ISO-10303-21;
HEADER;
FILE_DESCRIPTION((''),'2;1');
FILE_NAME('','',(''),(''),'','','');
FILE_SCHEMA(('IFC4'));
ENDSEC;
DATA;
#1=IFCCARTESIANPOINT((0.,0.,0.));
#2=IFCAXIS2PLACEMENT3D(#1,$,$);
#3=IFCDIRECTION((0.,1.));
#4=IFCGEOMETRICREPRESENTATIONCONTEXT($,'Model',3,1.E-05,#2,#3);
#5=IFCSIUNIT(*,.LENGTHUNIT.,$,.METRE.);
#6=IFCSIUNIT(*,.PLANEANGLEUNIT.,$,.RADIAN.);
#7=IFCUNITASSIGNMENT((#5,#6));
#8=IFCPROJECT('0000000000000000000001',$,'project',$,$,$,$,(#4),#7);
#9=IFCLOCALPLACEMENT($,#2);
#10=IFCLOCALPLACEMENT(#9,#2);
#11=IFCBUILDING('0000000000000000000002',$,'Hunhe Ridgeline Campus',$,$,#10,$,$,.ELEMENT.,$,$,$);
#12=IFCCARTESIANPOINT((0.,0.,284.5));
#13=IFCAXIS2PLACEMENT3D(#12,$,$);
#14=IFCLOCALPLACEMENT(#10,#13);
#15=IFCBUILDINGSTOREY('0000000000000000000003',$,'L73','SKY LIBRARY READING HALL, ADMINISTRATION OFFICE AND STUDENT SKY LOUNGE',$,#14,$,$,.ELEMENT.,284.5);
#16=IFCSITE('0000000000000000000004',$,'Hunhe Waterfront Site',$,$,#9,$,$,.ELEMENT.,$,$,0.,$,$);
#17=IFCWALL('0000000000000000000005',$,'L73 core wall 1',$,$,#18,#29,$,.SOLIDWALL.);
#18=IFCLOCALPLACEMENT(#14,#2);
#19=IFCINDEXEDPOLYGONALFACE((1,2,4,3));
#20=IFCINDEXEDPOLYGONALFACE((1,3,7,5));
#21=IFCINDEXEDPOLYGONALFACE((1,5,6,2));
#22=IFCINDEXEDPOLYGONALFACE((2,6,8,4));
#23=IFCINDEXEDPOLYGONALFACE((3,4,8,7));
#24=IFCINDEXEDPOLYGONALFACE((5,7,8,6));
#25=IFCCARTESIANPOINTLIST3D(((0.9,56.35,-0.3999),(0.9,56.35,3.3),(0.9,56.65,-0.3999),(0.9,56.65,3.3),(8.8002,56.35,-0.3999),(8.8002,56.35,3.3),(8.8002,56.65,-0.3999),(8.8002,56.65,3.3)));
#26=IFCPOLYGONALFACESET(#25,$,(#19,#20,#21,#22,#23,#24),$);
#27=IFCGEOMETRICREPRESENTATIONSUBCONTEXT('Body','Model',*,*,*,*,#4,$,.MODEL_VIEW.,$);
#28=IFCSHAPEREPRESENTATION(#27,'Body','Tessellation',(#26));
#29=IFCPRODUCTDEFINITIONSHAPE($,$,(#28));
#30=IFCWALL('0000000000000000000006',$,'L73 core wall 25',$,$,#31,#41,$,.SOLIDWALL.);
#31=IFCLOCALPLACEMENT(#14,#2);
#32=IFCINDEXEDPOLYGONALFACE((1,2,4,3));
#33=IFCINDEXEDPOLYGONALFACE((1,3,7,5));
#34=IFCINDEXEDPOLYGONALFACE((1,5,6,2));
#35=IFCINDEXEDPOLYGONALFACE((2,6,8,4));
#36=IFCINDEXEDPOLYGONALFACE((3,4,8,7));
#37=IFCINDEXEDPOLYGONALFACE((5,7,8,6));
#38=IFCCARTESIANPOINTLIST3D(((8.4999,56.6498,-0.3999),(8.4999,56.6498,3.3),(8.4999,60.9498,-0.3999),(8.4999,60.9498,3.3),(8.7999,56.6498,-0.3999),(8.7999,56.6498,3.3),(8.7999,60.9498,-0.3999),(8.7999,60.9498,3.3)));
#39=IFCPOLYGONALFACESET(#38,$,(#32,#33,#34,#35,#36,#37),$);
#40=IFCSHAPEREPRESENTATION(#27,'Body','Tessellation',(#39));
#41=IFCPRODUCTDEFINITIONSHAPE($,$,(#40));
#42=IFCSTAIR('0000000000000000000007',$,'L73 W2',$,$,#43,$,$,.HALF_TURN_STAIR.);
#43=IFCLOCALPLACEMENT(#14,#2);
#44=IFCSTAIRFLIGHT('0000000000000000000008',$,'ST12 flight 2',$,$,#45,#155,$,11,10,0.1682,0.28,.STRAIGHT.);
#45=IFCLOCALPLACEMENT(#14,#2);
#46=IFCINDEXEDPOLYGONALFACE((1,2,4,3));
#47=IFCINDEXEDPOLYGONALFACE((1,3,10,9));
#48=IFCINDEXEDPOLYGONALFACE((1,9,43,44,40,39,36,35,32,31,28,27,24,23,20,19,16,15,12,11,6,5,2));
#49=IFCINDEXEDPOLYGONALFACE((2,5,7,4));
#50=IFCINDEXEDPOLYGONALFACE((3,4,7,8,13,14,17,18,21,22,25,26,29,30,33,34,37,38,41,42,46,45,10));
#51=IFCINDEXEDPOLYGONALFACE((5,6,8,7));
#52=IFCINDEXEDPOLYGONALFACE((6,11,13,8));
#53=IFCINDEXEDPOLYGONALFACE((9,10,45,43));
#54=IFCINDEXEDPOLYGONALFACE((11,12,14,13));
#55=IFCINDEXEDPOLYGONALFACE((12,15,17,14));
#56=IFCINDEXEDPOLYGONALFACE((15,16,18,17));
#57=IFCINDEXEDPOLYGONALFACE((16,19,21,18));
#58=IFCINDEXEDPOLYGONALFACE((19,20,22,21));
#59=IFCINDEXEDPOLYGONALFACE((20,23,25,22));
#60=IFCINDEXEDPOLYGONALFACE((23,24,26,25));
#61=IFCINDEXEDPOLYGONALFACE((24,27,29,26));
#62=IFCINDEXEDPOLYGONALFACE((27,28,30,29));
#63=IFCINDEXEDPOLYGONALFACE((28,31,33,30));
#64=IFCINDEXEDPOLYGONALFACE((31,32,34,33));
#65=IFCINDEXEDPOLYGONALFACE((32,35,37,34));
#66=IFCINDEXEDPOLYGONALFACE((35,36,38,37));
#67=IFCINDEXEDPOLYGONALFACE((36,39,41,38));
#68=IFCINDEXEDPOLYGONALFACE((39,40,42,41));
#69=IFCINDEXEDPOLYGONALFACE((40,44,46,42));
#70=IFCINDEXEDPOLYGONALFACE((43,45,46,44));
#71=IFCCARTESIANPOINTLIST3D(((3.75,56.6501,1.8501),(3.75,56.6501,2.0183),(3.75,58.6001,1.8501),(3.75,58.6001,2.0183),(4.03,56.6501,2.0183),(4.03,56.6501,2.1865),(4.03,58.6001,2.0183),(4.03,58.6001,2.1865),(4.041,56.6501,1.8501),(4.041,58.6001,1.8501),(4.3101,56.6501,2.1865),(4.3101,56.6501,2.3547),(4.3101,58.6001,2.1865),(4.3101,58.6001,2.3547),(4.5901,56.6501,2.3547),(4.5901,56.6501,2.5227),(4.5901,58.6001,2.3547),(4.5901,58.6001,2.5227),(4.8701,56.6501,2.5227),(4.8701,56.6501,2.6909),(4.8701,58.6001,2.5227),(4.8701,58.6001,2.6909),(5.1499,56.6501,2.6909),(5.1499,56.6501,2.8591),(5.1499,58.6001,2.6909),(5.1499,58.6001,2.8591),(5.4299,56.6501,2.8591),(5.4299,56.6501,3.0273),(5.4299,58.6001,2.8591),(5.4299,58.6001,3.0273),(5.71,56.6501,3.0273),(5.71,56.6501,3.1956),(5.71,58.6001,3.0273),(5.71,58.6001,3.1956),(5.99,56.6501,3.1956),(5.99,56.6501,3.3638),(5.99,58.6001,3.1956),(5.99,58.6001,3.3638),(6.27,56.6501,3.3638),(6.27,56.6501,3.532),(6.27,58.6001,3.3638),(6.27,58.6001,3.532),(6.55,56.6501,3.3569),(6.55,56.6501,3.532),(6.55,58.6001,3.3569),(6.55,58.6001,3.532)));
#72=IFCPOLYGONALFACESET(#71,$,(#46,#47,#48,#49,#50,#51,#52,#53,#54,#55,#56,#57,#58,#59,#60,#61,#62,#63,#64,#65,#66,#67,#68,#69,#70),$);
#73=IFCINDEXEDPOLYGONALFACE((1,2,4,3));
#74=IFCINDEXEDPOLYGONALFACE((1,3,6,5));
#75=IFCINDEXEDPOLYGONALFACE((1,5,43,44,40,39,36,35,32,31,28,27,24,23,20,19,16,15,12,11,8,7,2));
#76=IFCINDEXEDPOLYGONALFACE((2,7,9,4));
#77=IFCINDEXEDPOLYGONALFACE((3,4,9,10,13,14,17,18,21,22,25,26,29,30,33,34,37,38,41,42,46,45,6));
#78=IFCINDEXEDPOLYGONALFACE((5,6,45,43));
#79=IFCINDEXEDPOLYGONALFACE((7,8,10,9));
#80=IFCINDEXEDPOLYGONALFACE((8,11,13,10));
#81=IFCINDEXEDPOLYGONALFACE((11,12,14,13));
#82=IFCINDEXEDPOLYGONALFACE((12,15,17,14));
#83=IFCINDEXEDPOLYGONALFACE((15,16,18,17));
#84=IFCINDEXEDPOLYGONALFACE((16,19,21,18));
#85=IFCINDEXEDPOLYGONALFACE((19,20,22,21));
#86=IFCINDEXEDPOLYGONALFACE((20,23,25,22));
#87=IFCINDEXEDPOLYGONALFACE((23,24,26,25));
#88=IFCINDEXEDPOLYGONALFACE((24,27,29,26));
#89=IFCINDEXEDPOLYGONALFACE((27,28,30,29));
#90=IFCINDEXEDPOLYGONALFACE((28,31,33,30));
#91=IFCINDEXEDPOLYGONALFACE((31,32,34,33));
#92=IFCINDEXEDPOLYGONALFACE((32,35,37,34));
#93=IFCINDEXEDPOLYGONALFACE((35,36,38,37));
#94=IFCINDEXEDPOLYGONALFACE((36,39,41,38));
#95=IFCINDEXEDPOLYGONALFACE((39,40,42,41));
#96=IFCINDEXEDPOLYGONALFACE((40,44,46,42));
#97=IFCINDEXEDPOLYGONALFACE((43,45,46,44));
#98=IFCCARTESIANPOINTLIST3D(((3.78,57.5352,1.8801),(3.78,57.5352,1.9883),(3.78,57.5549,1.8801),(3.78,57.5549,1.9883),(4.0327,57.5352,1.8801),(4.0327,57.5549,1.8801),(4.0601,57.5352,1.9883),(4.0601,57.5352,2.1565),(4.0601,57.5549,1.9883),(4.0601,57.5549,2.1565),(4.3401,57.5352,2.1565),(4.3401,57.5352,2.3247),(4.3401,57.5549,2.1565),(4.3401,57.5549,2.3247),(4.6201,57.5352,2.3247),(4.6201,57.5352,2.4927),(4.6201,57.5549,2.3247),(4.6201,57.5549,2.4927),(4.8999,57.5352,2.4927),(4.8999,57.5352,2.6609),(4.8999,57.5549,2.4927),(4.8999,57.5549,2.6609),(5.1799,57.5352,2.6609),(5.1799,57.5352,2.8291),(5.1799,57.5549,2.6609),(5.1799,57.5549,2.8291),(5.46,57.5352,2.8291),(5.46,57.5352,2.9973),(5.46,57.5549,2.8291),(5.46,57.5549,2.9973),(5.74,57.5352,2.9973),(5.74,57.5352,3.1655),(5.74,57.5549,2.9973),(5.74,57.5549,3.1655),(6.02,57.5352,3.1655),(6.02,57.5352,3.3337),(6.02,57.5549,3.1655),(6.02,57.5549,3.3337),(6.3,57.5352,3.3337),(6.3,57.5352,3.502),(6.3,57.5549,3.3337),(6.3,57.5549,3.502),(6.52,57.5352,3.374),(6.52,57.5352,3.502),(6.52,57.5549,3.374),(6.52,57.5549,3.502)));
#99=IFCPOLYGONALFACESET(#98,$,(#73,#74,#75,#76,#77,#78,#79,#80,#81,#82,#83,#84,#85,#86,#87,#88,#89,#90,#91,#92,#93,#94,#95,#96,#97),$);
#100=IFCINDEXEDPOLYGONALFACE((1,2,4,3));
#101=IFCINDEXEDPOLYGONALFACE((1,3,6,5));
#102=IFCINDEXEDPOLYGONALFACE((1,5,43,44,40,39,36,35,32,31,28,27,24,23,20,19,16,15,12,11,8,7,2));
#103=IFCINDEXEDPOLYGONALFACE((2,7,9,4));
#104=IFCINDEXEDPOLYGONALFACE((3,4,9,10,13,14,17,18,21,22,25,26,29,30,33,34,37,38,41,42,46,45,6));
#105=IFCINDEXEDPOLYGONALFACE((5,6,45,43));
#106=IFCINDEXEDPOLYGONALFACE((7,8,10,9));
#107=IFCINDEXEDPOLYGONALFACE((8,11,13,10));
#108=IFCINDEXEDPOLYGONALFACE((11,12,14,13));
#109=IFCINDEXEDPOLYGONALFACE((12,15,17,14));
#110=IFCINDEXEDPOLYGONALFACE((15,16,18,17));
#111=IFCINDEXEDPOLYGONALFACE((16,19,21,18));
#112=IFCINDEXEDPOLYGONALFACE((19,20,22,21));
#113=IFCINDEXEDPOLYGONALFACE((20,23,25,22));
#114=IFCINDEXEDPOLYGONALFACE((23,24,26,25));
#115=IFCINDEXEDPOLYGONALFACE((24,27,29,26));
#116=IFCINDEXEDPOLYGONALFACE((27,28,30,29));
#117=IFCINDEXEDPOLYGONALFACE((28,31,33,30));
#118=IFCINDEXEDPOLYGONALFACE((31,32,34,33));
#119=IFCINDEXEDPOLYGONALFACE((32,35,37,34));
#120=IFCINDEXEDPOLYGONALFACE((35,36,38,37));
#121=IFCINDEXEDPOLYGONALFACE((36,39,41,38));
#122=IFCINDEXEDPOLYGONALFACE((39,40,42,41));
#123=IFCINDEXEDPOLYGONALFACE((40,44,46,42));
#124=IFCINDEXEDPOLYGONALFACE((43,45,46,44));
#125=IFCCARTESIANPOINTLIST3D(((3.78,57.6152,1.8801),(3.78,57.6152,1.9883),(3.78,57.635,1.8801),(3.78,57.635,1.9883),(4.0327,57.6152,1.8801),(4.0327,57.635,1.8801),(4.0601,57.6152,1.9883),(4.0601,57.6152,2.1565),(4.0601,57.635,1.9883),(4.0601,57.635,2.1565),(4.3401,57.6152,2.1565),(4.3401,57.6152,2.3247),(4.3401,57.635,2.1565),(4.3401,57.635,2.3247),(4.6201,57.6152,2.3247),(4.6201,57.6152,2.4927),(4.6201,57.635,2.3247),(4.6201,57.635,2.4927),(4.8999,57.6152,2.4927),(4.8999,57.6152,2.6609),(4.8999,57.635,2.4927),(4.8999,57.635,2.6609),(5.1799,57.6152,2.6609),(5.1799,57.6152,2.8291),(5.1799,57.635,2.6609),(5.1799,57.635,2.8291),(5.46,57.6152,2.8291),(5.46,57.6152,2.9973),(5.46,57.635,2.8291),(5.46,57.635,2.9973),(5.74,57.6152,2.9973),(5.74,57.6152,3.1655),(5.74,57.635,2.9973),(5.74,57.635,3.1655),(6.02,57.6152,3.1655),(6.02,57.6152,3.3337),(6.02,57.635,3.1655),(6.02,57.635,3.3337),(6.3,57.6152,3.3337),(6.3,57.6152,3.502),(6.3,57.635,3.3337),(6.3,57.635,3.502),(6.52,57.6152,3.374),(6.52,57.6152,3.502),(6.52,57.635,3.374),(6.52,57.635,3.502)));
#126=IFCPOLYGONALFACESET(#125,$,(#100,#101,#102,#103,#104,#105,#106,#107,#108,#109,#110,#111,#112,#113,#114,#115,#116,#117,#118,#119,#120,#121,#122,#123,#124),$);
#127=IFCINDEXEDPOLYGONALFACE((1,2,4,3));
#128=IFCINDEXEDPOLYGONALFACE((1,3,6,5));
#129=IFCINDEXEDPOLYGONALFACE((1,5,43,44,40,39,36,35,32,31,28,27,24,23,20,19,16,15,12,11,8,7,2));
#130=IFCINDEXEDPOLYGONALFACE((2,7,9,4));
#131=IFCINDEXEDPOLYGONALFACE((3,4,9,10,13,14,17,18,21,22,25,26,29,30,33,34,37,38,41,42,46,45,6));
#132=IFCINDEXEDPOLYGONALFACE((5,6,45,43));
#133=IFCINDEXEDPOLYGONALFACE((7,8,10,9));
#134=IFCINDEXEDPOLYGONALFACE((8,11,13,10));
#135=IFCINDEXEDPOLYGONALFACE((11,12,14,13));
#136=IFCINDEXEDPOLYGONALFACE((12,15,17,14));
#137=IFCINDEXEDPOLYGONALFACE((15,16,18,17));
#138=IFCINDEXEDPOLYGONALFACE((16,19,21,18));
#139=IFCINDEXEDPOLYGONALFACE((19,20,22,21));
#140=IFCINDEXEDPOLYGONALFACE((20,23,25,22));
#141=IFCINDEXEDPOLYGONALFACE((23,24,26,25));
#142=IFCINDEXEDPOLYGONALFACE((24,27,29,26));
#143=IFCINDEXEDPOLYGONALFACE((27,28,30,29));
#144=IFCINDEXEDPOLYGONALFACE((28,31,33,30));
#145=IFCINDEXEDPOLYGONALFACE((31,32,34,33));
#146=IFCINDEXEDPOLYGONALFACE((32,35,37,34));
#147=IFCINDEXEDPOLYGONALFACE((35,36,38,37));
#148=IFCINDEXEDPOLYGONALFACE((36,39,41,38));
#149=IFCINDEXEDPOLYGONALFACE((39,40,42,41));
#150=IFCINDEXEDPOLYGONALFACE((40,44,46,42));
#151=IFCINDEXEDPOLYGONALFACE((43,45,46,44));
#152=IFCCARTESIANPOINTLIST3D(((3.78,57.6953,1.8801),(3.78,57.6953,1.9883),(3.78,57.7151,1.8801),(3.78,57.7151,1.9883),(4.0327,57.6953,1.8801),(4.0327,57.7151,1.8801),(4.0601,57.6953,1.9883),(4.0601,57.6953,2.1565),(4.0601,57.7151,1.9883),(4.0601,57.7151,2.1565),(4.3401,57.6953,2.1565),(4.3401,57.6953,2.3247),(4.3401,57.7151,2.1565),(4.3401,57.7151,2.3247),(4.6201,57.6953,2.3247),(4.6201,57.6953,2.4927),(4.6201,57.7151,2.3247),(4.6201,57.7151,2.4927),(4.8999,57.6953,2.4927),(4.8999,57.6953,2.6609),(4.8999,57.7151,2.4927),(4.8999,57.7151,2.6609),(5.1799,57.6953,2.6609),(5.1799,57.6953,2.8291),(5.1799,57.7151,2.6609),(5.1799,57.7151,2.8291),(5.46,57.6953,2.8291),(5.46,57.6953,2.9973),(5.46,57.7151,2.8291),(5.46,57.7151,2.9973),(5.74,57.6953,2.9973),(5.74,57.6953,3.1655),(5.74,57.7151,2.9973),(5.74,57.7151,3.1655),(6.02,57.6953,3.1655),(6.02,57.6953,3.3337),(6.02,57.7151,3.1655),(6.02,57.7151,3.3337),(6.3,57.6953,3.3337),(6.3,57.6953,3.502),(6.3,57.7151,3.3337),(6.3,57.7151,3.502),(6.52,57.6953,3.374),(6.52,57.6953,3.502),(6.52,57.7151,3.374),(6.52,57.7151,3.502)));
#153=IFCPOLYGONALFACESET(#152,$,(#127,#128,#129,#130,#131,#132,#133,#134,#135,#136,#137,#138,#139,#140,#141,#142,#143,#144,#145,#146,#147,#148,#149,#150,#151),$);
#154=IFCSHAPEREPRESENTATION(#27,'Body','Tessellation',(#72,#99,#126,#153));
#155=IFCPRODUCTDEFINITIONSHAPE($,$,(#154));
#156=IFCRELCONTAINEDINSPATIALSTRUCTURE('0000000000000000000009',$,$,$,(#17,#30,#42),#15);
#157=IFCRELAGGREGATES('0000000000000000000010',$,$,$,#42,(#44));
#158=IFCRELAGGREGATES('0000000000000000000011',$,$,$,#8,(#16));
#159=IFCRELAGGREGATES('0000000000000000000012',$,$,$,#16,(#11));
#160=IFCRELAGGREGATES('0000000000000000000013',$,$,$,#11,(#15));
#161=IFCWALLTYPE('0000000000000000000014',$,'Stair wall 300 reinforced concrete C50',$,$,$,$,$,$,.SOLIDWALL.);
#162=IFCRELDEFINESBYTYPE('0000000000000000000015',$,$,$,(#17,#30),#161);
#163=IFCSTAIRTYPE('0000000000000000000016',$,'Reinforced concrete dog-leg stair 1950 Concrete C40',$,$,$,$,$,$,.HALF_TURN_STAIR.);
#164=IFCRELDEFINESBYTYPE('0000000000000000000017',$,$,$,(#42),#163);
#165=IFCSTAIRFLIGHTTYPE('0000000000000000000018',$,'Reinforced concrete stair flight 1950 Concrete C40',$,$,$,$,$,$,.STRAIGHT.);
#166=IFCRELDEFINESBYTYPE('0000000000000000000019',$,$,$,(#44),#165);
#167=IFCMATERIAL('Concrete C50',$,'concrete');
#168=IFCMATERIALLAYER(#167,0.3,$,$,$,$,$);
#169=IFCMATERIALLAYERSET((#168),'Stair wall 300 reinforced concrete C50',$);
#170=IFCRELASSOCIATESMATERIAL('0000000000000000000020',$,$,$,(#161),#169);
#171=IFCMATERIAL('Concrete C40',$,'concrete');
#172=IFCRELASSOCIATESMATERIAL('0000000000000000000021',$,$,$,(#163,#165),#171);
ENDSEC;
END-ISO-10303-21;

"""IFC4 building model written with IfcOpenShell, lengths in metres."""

from ifc_helpers import new_model, si_unit, direction, frame, frame_2d, origin, place, context, subcontext, project, spatial, polyline, rectangle, outline, extrude, material, layer, layer_set, type_object, element, aggregate, save


model = new_model("IFC4")

# Units and contexts
model_context = context("Model", 3, precision=1e-05, world=origin(), true_north=direction((0.0, 1.0)))
body_context = subcontext(model_context, "Body", "Model", "MODEL_VIEW")
ifc_project = project(units=[si_unit("LENGTHUNIT", "METRE"), si_unit("PLANEANGLEUNIT", "RADIAN")], contexts=[model_context])

# Site, building, storey
site_placement = place(None, origin())
site = spatial("IfcSite", under=ifc_project, at=site_placement, Name="Hunhe Waterfront Site", CompositionType="ELEMENT", RefElevation=0.0)
building_placement = place(site_placement, origin())
building = spatial("IfcBuilding", under=site, at=building_placement, Name="Hunhe Ridgeline Campus", CompositionType="ELEMENT")
storey_placement = place(building_placement, frame((0.0, 0.0, 284.5)))
storey = spatial("IfcBuildingStorey", under=building, at=storey_placement, Name="L73", Description="SKY LIBRARY READING HALL, ADMINISTRATION OFFICE AND STUDENT SKY LOUNGE", CompositionType="ELEMENT", Elevation=284.5)

# Shared definitions
ifc_material_1 = material(Name="Concrete C50", Category="concrete")

# Walls
ifc_layer_1 = layer(ifc_material_1, 0.3)
ifc_layer_set_1 = layer_set([ifc_layer_1], Name="Stair wall 300 reinforced concrete C50")
wall_type_1 = type_object("IfcWallType", Name="Stair wall 300 reinforced concrete C50", PredefinedType="SOLIDWALL", material=ifc_layer_set_1)
wall_1_placement = place(storey_placement, frame((0.8999, 56.5, -0.3999), z_axis=(0.0, 0.0, 1.0), x_axis=(1.0, 0.0, 0.0)))
element("IfcWall", 1, at=wall_1_placement, inside=storey, type_object=wall_type_1, Name="L73 core wall 1", PredefinedType="SOLIDWALL", context=body_context, shape_type="SweptSolid", body=[
    extrude(rectangle(XDim=7.9001, YDim=0.3, at=frame_2d((3.9502, 0.0))), origin(), (0.0, 0.0, 1.0), 3.7),
])
wall_2_placement = place(storey_placement, frame((8.6499, 56.6499, -0.3999), z_axis=(0.0, 0.0, 1.0), x_axis=(0.0, 1.0, 0.0)))
element("IfcWall", 2, at=wall_2_placement, inside=storey, type_object=wall_type_1, Name="L73 core wall 25", PredefinedType="SOLIDWALL", context=body_context, shape_type="SweptSolid", body=[
    extrude(rectangle(XDim=4.3, YDim=0.3, at=frame_2d((2.1499, 0.0))), origin(), (0.0, 0.0, 1.0), 3.7),
])

# Stair, stair flight
ifc_material_2 = material(Name="Concrete C40", Category="concrete")
stair_type = type_object("IfcStairType", Name="Reinforced concrete dog-leg stair 1950 Concrete C40", PredefinedType="HALF_TURN_STAIR", material=ifc_material_2)
stair_placement = place(storey_placement, origin())
stair = element("IfcStair", 3, at=stair_placement, inside=storey, type_object=stair_type, Name="L73 W2", PredefinedType="HALF_TURN_STAIR")
stair_flight_type = type_object("IfcStairFlightType", Name="Reinforced concrete stair flight 1950 Concrete C40", PredefinedType="STRAIGHT", material=ifc_material_2)
stair_flight_placement = place(storey_placement, frame((3.75, 57.625, 1.8501), z_axis=(0.0, 0.0, 1.0), x_axis=(1.0, 0.0, 0.0)))
stair_flight = element("IfcStairFlight", 4, at=stair_flight_placement, type_object=stair_flight_type, Name="ST12 flight 2", NumberOfRisers=11, NumberOfTreads=10, PredefinedType="STRAIGHT", RiserHeight=0.1682, TreadLength=0.28, context=body_context, shape_type="SweptSolid", body=[
    extrude(outline(polyline([(0.0, 0.0), (0.0, 0.1682), (0.28, 0.1682), (0.28, 0.3364), (0.5601, 0.3364), (0.5601, 0.5046), (0.8401, 0.5046), (0.8401, 0.6726), (1.1201, 0.6726), (1.1201, 0.8408), (1.3999, 0.8408), (1.3999, 1.009), (1.6799, 1.009), (1.6799, 1.1772), (1.96, 1.1772), (1.96, 1.3455), (2.24, 1.3455), (2.24, 1.5137), (2.52, 1.5137), (2.52, 1.6819), (2.8, 1.6819), (2.8, 1.8501), (2.8, 1.5068), (0.291, 0.0), (0.0, 0.0)])), frame((0.0, 0.9751, 0.0), z_axis=(0.0, -1.0, 0.0), x_axis=(1.0, 0.0, 0.0)), (0.0, 0.0, 1.0), 1.95),
    extrude(outline(polyline([(0.03, 0.03), (0.03, 0.1382), (0.3101, 0.1382), (0.3101, 0.3064), (0.5901, 0.3064), (0.5901, 0.4746), (0.8701, 0.4746), (0.8701, 0.6426), (1.1499, 0.6426), (1.1499, 0.8108), (1.4299, 0.8108), (1.4299, 0.979), (1.71, 0.979), (1.71, 1.1472), (1.99, 1.1472), (1.99, 1.3154), (2.27, 1.3154), (2.27, 1.4836), (2.55, 1.4836), (2.55, 1.6519), (2.77, 1.6519), (2.77, 1.5239), (0.2827, 0.03), (0.03, 0.03)])), frame((0.0, -0.0701, 0.0), z_axis=(0.0, -1.0, 0.0), x_axis=(1.0, 0.0, 0.0)), (0.0, 0.0, 1.0), 0.0198),
    extrude(outline(polyline([(0.03, 0.03), (0.03, 0.1382), (0.3101, 0.1382), (0.3101, 0.3064), (0.5901, 0.3064), (0.5901, 0.4746), (0.8701, 0.4746), (0.8701, 0.6426), (1.1499, 0.6426), (1.1499, 0.8108), (1.4299, 0.8108), (1.4299, 0.979), (1.71, 0.979), (1.71, 1.1472), (1.99, 1.1472), (1.99, 1.3154), (2.27, 1.3154), (2.27, 1.4836), (2.55, 1.4836), (2.55, 1.6519), (2.77, 1.6519), (2.77, 1.5239), (0.2827, 0.03), (0.03, 0.03)])), frame((0.0, 0.01, 0.0), z_axis=(0.0, -1.0, 0.0), x_axis=(1.0, 0.0, 0.0)), (0.0, 0.0, 1.0), 0.0198),
    extrude(outline(polyline([(0.03, 0.03), (0.03, 0.1382), (0.3101, 0.1382), (0.3101, 0.3064), (0.5901, 0.3064), (0.5901, 0.4746), (0.8701, 0.4746), (0.8701, 0.6426), (1.1499, 0.6426), (1.1499, 0.8108), (1.4299, 0.8108), (1.4299, 0.979), (1.71, 0.979), (1.71, 1.1472), (1.99, 1.1472), (1.99, 1.3154), (2.27, 1.3154), (2.27, 1.4836), (2.55, 1.4836), (2.55, 1.6519), (2.77, 1.6519), (2.77, 1.5239), (0.2827, 0.03), (0.03, 0.03)])), frame((0.0, 0.0901, 0.0), z_axis=(0.0, -1.0, 0.0), x_axis=(1.0, 0.0, 0.0)), (0.0, 0.0, 1.0), 0.0198),
])
aggregate(stair, [stair_flight])

save(model, "model.ifc")
